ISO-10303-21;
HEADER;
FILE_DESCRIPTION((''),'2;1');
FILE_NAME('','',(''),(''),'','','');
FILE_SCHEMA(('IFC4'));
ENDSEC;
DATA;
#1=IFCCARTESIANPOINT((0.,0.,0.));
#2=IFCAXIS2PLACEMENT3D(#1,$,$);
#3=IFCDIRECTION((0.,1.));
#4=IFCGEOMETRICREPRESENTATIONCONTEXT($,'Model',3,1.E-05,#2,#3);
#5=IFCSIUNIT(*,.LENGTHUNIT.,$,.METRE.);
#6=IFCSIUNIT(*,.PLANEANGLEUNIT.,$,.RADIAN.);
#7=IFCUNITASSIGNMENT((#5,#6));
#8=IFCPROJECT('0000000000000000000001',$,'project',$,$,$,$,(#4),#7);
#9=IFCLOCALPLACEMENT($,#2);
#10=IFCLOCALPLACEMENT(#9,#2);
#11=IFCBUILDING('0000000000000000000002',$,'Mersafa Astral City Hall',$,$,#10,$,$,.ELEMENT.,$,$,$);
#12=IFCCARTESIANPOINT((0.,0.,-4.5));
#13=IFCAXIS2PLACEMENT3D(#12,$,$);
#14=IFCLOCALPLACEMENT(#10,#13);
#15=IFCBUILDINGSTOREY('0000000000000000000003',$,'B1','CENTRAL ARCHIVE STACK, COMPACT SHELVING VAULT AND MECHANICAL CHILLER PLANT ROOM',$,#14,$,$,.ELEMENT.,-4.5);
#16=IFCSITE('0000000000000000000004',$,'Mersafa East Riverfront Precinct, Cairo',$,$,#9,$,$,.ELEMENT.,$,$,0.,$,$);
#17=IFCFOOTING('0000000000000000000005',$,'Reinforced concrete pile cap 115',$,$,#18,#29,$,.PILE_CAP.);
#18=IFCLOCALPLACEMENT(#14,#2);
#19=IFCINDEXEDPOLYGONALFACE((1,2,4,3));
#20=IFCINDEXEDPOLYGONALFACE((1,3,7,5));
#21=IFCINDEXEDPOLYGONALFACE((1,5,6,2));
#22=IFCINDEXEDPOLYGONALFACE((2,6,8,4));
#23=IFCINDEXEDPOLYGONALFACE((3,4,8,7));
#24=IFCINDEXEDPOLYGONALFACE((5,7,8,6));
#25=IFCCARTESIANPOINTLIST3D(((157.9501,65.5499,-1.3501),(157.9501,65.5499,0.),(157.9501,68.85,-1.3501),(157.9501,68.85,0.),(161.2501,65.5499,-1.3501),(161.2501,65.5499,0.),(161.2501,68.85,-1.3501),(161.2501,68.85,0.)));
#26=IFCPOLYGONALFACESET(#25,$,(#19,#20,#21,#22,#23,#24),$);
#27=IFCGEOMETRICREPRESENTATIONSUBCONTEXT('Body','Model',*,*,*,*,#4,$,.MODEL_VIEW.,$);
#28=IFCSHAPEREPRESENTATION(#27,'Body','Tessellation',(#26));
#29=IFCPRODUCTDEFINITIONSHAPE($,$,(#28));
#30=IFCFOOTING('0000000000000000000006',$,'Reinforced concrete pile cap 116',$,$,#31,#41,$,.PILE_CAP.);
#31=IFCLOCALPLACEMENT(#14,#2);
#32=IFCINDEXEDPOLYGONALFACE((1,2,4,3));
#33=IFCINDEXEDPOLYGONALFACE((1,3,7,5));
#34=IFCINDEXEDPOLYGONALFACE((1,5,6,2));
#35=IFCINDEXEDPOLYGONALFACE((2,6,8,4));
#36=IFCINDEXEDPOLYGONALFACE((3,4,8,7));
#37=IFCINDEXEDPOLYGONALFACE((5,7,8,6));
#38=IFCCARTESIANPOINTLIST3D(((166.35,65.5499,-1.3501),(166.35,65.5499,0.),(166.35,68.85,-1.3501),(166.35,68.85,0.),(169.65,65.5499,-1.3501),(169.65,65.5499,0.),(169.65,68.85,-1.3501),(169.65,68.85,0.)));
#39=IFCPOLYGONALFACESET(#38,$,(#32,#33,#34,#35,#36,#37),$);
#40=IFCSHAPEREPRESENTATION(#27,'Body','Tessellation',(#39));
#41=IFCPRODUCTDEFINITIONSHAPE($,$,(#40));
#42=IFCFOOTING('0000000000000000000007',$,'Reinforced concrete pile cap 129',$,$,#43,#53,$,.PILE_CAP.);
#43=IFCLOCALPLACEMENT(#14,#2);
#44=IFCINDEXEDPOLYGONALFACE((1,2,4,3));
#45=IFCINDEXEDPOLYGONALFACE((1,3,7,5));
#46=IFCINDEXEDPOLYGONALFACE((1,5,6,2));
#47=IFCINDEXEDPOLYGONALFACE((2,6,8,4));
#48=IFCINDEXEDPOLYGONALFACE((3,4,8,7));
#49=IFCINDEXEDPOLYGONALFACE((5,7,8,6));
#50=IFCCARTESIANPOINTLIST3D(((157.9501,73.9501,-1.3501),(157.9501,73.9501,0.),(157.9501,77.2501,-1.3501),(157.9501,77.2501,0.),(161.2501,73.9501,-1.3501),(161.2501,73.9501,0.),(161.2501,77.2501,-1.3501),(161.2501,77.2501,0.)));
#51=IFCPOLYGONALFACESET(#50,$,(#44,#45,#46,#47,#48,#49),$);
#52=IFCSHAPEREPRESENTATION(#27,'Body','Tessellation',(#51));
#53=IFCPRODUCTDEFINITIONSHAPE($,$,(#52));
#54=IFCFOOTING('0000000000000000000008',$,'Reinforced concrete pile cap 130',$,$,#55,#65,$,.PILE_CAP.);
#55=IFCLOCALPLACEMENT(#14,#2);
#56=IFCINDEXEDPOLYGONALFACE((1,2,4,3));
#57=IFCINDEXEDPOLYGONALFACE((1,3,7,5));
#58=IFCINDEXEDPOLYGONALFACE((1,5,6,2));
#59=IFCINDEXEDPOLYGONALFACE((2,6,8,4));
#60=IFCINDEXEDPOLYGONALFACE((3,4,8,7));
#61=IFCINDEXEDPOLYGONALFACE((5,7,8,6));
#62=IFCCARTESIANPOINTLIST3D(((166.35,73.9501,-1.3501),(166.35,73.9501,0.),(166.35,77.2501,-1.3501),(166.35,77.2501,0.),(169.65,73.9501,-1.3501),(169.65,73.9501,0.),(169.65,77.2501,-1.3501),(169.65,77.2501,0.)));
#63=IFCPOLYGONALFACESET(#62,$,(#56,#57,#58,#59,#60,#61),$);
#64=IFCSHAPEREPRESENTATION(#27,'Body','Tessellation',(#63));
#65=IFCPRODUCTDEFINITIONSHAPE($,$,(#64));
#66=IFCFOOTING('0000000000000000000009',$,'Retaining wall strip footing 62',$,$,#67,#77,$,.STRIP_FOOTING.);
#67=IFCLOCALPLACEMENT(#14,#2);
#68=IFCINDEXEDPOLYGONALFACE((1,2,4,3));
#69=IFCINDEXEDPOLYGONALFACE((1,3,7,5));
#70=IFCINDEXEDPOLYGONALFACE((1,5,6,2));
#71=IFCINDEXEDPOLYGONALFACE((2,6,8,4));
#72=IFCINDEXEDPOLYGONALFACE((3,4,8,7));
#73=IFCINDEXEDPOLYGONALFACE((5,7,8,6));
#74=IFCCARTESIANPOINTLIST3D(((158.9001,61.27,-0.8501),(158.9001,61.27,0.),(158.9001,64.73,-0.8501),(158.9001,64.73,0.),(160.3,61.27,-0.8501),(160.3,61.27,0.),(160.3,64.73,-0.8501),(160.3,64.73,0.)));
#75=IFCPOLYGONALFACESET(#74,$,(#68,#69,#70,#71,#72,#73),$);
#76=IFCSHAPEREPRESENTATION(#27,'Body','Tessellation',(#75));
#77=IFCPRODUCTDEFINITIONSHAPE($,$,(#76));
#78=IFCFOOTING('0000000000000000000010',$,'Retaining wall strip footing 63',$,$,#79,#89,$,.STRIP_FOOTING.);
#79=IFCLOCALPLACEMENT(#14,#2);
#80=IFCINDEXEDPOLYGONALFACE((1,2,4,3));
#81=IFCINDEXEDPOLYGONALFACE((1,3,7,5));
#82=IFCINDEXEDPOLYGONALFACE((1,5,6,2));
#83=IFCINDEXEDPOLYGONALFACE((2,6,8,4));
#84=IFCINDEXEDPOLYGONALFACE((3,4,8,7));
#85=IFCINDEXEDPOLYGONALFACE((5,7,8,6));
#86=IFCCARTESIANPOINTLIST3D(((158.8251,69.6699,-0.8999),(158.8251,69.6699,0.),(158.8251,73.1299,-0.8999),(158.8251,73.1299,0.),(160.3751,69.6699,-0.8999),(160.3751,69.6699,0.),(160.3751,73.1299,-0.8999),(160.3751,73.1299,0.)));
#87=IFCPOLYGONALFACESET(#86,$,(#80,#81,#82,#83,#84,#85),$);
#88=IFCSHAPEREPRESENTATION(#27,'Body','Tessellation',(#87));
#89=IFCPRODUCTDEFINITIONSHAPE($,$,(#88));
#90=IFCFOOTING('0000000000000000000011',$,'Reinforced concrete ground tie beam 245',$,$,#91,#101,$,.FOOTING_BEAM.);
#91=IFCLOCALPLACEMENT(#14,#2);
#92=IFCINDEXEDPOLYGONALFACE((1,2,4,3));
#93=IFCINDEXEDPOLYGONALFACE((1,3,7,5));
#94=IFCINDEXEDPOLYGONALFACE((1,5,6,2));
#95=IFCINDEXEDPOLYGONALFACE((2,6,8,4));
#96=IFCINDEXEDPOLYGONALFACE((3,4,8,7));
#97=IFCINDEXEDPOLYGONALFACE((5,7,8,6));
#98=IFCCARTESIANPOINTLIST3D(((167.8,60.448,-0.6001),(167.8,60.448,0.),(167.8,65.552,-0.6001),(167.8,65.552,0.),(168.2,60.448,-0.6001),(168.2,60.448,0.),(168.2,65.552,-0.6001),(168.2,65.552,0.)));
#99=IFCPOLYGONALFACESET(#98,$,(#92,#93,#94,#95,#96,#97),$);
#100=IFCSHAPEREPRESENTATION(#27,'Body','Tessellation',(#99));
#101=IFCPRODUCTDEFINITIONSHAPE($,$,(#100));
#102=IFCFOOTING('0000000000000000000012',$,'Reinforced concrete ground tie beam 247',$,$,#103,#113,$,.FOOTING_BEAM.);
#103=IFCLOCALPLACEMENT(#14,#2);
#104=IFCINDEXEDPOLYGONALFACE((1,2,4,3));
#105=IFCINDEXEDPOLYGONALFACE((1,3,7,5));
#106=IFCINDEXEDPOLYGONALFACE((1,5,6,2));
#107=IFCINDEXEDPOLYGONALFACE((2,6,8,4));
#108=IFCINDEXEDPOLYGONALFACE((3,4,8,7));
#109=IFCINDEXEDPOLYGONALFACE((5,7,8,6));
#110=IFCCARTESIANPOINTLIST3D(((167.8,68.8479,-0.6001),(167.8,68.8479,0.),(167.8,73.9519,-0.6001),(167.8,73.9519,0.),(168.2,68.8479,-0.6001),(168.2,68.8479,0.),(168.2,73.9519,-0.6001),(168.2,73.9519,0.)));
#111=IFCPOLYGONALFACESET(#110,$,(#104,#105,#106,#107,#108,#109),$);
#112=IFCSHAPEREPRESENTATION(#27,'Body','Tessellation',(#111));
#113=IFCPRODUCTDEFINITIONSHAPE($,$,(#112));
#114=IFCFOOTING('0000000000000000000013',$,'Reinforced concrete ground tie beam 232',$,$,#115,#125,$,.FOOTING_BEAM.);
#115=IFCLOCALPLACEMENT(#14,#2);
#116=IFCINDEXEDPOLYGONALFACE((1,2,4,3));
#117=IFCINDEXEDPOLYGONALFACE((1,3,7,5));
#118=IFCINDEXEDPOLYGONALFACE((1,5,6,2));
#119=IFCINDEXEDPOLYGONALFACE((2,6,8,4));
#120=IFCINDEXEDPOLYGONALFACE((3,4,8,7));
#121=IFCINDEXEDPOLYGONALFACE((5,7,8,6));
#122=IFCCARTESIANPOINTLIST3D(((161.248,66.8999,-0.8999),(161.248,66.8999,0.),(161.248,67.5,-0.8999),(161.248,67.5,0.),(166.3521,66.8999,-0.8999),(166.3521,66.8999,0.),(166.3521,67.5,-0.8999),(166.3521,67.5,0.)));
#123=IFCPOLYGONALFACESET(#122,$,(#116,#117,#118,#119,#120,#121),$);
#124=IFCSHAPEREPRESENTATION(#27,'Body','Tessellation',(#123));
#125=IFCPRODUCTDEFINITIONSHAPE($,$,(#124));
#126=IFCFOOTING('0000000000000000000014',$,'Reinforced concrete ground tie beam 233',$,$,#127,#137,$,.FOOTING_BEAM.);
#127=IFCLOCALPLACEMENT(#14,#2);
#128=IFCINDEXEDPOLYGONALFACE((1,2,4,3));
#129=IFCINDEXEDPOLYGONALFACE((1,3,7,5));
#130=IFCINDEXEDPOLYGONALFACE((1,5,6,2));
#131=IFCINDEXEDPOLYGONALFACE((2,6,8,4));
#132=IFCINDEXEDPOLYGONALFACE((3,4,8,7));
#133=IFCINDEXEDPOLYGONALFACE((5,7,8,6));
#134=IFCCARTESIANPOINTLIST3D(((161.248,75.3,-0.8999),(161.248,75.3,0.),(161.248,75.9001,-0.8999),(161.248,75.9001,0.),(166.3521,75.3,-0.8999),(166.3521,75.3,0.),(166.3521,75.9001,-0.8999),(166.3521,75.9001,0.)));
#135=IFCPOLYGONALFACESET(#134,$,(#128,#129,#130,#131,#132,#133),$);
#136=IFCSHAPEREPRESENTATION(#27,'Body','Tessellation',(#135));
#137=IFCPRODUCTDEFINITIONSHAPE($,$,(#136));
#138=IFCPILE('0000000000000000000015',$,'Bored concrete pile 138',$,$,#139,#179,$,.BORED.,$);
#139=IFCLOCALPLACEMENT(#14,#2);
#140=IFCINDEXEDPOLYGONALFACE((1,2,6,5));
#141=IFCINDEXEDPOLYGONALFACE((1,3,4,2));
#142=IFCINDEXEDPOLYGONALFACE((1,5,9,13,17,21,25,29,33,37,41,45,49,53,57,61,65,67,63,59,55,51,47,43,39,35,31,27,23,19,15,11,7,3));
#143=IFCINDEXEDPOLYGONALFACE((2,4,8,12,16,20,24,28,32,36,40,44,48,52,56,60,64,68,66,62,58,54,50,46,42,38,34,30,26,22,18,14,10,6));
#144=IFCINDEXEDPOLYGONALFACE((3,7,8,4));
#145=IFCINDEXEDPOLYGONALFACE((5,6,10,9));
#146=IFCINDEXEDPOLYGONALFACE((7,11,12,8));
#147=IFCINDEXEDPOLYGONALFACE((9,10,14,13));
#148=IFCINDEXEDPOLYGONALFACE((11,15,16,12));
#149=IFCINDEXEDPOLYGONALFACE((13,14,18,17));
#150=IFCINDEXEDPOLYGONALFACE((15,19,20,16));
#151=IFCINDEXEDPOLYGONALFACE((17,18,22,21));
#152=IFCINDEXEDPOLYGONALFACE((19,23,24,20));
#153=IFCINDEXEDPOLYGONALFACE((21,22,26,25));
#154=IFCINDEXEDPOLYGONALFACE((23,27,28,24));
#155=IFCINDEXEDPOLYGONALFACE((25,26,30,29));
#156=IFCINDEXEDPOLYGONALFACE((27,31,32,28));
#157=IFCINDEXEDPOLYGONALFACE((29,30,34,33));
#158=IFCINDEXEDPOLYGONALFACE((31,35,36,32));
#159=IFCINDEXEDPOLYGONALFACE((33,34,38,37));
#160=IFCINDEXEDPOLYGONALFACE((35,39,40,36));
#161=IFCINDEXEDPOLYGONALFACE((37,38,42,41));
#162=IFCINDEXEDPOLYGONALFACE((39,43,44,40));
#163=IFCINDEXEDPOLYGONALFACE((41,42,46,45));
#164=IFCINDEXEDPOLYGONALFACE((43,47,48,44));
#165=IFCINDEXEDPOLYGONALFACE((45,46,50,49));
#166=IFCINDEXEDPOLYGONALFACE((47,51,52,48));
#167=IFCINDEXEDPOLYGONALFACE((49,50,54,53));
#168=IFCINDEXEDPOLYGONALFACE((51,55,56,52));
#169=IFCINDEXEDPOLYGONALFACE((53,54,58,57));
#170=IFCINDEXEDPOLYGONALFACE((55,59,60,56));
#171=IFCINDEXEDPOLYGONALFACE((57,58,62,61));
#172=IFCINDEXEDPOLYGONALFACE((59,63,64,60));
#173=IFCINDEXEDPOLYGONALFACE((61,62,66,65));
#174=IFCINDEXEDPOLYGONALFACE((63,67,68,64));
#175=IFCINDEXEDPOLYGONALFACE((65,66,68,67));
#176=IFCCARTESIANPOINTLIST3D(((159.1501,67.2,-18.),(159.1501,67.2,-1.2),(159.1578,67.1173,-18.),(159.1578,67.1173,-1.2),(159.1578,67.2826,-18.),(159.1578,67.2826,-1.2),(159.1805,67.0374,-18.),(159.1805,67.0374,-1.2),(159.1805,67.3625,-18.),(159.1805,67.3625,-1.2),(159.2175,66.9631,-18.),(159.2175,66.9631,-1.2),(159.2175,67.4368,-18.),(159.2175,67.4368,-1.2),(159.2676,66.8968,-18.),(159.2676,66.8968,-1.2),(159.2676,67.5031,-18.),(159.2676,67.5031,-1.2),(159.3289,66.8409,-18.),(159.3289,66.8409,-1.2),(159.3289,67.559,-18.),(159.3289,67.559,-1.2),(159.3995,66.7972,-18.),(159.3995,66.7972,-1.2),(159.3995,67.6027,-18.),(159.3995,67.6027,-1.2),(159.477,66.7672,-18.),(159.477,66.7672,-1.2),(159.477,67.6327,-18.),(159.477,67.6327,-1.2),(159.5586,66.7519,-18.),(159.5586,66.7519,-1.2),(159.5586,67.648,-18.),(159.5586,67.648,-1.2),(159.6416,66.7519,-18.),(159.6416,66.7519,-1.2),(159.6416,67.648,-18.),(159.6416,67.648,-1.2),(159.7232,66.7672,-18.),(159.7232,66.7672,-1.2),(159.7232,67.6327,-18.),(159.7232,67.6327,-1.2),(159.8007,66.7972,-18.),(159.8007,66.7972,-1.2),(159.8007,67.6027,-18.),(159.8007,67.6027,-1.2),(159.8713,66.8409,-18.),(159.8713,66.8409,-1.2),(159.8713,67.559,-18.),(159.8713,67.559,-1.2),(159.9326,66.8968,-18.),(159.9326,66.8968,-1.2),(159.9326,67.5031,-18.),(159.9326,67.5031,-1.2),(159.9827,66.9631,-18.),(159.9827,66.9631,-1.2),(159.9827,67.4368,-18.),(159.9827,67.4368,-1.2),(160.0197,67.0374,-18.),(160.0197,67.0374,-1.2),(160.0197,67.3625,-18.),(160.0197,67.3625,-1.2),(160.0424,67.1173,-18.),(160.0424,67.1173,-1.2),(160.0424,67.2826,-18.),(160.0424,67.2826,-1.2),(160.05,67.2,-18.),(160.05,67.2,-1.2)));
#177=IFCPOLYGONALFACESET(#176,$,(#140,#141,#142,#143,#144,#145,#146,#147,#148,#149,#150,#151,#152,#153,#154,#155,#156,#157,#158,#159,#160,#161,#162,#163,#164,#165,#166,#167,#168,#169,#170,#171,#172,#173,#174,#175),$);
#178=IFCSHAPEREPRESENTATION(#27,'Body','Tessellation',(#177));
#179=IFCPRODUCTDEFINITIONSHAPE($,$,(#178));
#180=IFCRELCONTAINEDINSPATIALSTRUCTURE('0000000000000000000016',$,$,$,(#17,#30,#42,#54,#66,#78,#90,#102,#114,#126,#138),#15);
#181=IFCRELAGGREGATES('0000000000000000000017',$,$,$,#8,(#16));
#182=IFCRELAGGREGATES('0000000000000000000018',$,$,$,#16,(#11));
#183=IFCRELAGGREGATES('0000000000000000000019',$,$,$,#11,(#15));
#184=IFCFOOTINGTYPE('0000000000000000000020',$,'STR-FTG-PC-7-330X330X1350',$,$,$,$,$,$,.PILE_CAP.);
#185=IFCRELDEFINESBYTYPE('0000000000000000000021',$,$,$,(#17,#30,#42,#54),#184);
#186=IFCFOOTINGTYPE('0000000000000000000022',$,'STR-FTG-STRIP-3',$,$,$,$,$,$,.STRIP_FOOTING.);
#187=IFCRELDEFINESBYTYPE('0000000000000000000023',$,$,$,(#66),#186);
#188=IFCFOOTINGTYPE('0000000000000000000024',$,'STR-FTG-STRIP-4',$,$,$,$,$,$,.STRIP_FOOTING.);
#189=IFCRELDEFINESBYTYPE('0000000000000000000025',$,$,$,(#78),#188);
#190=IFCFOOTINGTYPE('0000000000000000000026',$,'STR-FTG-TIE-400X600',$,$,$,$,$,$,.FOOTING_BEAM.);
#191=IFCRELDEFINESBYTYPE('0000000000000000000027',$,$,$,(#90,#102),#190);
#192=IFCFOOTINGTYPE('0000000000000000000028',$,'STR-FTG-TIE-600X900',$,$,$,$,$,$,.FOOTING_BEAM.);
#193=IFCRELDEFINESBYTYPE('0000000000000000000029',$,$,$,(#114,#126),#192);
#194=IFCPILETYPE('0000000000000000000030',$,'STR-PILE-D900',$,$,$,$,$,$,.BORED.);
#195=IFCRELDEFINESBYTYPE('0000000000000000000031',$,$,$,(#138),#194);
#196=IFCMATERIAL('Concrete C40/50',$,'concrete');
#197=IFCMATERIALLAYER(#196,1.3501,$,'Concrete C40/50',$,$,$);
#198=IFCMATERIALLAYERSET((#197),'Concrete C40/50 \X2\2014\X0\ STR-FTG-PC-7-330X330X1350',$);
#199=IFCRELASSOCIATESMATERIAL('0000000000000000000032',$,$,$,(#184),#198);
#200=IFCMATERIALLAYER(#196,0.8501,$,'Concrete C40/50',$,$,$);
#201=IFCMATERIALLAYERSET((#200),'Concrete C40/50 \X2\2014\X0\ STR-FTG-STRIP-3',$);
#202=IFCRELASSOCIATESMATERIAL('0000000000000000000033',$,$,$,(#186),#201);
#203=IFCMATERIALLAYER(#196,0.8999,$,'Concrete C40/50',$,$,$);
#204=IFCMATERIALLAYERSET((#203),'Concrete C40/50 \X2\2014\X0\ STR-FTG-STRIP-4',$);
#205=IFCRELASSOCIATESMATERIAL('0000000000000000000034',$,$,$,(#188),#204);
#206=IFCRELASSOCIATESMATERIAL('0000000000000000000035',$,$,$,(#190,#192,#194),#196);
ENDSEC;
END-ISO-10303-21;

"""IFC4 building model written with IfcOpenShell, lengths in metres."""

from ifc_helpers import new_model, si_unit, direction, frame, origin, origin_2d, place, context, subcontext, project, spatial, rectangle, circle, extrude, material, layer, layer_set, material_profile, profile_set, type_object, element, save


model = new_model("IFC4")

# Units and contexts
model_context = context("Model", 3, precision=1e-05, world=origin(), true_north=direction((0.0, 1.0)))
body_context = subcontext(model_context, "Body", "Model", "MODEL_VIEW")
ifc_project = project(units=[si_unit("LENGTHUNIT", "METRE"), si_unit("PLANEANGLEUNIT", "RADIAN")], contexts=[model_context])

# Site, building, storey
site_placement = place(None, origin())
site = spatial("IfcSite", under=ifc_project, at=site_placement, Name="Mersafa East Riverfront Precinct, Cairo", CompositionType="ELEMENT", RefElevation=0.0)
building_placement = place(site_placement, origin())
building = spatial("IfcBuilding", under=site, at=building_placement, Name="Mersafa Astral City Hall", CompositionType="ELEMENT")
storey_placement = place(building_placement, frame((0.0, 0.0, -4.5)))
storey = spatial("IfcBuildingStorey", under=building, at=storey_placement, Name="B1", Description="CENTRAL ARCHIVE STACK, COMPACT SHELVING VAULT AND MECHANICAL CHILLER PLANT ROOM", CompositionType="ELEMENT", Elevation=-4.5)

# Footings
ifc_material_1 = material(Name="Concrete C40/50", Category="concrete")
ifc_layer_1 = layer(ifc_material_1, 1.3501, Name="Concrete C40/50")
ifc_layer_set_1 = layer_set([ifc_layer_1], Name="Concrete C40/50 — STR-FTG-PC-7-330X330X1350")
footing_type_1 = type_object("IfcFootingType", Name="STR-FTG-PC-7-330X330X1350", PredefinedType="PILE_CAP", material=ifc_layer_set_1)
for number, where, z_axis, x_axis, name in (
    (1, (159.6001, 67.2, -1.3501), (0.0, 0.0, 1.0), (1.0, 0.0, 0.0), "Reinforced concrete pile cap 115"),
    (2, (168.0, 67.2, -1.3501), (0.0, 0.0, 1.0), (1.0, 0.0, 0.0), "Reinforced concrete pile cap 116"),
    (3, (159.6001, 75.6001, -1.3501), (0.0, 0.0, 1.0), (1.0, 0.0, 0.0), "Reinforced concrete pile cap 129"),
    (4, (168.0, 75.6001, -1.3501), (0.0, 0.0, 1.0), (1.0, 0.0, 0.0), "Reinforced concrete pile cap 130"),
):
    element("IfcFooting", number, at=place(storey_placement, frame(where, z_axis=z_axis, x_axis=x_axis)), inside=storey, type_object=footing_type_1, Name=name, PredefinedType="PILE_CAP", context=body_context, shape_type="SweptSolid", body=[
        extrude(rectangle(XDim=3.3, YDim=3.3, at=origin_2d()), origin(), (0.0, 0.0, 1.0), 1.3501),
    ])
ifc_layer_2 = layer(ifc_material_1, 0.8501, Name="Concrete C40/50")
ifc_layer_set_2 = layer_set([ifc_layer_2], Name="Concrete C40/50 — STR-FTG-STRIP-3")
footing_type_2 = type_object("IfcFootingType", Name="STR-FTG-STRIP-3", PredefinedType="STRIP_FOOTING", material=ifc_layer_set_2)
footing_1_placement = place(storey_placement, frame((159.6001, 63.0, -0.8501), z_axis=(0.0, 0.0, 1.0), x_axis=(0.0, 1.0, 0.0)))
element("IfcFooting", 5, at=footing_1_placement, inside=storey, type_object=footing_type_2, Name="Retaining wall strip footing 62", PredefinedType="STRIP_FOOTING", context=body_context, shape_type="SweptSolid", body=[
    extrude(rectangle(XDim=3.46, YDim=1.3999, at=origin_2d()), origin(), (0.0, 0.0, 1.0), 0.8501),
])
ifc_layer_3 = layer(ifc_material_1, 0.8999, Name="Concrete C40/50")
ifc_layer_set_3 = layer_set([ifc_layer_3], Name="Concrete C40/50 — STR-FTG-STRIP-4")
footing_type_3 = type_object("IfcFootingType", Name="STR-FTG-STRIP-4", PredefinedType="STRIP_FOOTING", material=ifc_layer_set_3)
footing_2_placement = place(storey_placement, frame((159.6001, 71.3999, -0.8999), z_axis=(0.0, 0.0, 1.0), x_axis=(0.0, 1.0, 0.0)))
element("IfcFooting", 6, at=footing_2_placement, inside=storey, type_object=footing_type_3, Name="Retaining wall strip footing 63", PredefinedType="STRIP_FOOTING", context=body_context, shape_type="SweptSolid", body=[
    extrude(rectangle(XDim=3.46, YDim=1.55, at=origin_2d()), origin(), (0.0, 0.0, 1.0), 0.8999),
])
ifc_material_profile_1 = material_profile(ifc_material_1, rectangle(XDim=0.3999, YDim=0.6001, at=origin_2d()), Name="RC 400x600")
ifc_profile_set_1 = profile_set([ifc_material_profile_1], Name="Concrete C40/50")
footing_type_4 = type_object("IfcFootingType", Name="STR-FTG-TIE-400X600", PredefinedType="FOOTING_BEAM", material=ifc_profile_set_1)
for number, where, z_axis, x_axis, name in (
    (7, (168.0, 60.448, -0.3), (0.0, 1.0, 0.0), (-1.0, 0.0, 0.0), "Reinforced concrete ground tie beam 245"),
    (8, (168.0, 68.8479, -0.3), (0.0, 1.0, 0.0), (-1.0, 0.0, 0.0), "Reinforced concrete ground tie beam 247"),
):
    element("IfcFooting", number, at=place(storey_placement, frame(where, z_axis=z_axis, x_axis=x_axis)), inside=storey, type_object=footing_type_4, Name=name, PredefinedType="FOOTING_BEAM", context=body_context, shape_type="SweptSolid", body=[
        extrude(rectangle(XDim=0.3999, YDim=0.6001, at=origin_2d()), origin(), (0.0, 0.0, 1.0), 5.104),
    ])
ifc_material_profile_2 = material_profile(ifc_material_1, rectangle(XDim=0.6001, YDim=0.8999, at=origin_2d()), Name="RC 600x900")
ifc_profile_set_2 = profile_set([ifc_material_profile_2], Name="Concrete C40/50")
footing_type_5 = type_object("IfcFootingType", Name="STR-FTG-TIE-600X900", PredefinedType="FOOTING_BEAM", material=ifc_profile_set_2)
for number, where, z_axis, x_axis, name in (
    (9, (161.248, 67.2, -0.45), (1.0, 0.0, 0.0), (0.0, 1.0, 0.0), "Reinforced concrete ground tie beam 232"),
    (10, (161.248, 75.6001, -0.45), (1.0, 0.0, 0.0), (0.0, 1.0, 0.0), "Reinforced concrete ground tie beam 233"),
):
    element("IfcFooting", number, at=place(storey_placement, frame(where, z_axis=z_axis, x_axis=x_axis)), inside=storey, type_object=footing_type_5, Name=name, PredefinedType="FOOTING_BEAM", context=body_context, shape_type="SweptSolid", body=[
        extrude(rectangle(XDim=0.6001, YDim=0.8999, at=origin_2d()), origin(), (0.0, 0.0, 1.0), 5.104),
    ])

# Pile
ifc_material_profile_3 = material_profile(ifc_material_1, circle(Radius=0.45, at=origin_2d()), Name="PILE D900")
ifc_profile_set_3 = profile_set([ifc_material_profile_3], Name="Concrete C40/50")
pile_type = type_object("IfcPileType", Name="STR-PILE-D900", PredefinedType="BORED", material=ifc_profile_set_3)
for number, where, z_axis, x_axis, name in (
    (11, (159.6001, 67.2, -1.2), (0.0, 0.0, -1.0), (1.0, 0.0, 0.0), "Bored concrete pile 138"),
):
    element("IfcPile", number, at=place(storey_placement, frame(where, z_axis=z_axis, x_axis=x_axis)), inside=storey, type_object=pile_type, Name=name, PredefinedType="BORED", context=body_context, shape_type="SweptSolid", body=[
        extrude(circle(Radius=0.45, at=origin_2d()), origin(), (0.0, 0.0, 1.0), 16.8),
    ])

save(model, "model.ifc")
